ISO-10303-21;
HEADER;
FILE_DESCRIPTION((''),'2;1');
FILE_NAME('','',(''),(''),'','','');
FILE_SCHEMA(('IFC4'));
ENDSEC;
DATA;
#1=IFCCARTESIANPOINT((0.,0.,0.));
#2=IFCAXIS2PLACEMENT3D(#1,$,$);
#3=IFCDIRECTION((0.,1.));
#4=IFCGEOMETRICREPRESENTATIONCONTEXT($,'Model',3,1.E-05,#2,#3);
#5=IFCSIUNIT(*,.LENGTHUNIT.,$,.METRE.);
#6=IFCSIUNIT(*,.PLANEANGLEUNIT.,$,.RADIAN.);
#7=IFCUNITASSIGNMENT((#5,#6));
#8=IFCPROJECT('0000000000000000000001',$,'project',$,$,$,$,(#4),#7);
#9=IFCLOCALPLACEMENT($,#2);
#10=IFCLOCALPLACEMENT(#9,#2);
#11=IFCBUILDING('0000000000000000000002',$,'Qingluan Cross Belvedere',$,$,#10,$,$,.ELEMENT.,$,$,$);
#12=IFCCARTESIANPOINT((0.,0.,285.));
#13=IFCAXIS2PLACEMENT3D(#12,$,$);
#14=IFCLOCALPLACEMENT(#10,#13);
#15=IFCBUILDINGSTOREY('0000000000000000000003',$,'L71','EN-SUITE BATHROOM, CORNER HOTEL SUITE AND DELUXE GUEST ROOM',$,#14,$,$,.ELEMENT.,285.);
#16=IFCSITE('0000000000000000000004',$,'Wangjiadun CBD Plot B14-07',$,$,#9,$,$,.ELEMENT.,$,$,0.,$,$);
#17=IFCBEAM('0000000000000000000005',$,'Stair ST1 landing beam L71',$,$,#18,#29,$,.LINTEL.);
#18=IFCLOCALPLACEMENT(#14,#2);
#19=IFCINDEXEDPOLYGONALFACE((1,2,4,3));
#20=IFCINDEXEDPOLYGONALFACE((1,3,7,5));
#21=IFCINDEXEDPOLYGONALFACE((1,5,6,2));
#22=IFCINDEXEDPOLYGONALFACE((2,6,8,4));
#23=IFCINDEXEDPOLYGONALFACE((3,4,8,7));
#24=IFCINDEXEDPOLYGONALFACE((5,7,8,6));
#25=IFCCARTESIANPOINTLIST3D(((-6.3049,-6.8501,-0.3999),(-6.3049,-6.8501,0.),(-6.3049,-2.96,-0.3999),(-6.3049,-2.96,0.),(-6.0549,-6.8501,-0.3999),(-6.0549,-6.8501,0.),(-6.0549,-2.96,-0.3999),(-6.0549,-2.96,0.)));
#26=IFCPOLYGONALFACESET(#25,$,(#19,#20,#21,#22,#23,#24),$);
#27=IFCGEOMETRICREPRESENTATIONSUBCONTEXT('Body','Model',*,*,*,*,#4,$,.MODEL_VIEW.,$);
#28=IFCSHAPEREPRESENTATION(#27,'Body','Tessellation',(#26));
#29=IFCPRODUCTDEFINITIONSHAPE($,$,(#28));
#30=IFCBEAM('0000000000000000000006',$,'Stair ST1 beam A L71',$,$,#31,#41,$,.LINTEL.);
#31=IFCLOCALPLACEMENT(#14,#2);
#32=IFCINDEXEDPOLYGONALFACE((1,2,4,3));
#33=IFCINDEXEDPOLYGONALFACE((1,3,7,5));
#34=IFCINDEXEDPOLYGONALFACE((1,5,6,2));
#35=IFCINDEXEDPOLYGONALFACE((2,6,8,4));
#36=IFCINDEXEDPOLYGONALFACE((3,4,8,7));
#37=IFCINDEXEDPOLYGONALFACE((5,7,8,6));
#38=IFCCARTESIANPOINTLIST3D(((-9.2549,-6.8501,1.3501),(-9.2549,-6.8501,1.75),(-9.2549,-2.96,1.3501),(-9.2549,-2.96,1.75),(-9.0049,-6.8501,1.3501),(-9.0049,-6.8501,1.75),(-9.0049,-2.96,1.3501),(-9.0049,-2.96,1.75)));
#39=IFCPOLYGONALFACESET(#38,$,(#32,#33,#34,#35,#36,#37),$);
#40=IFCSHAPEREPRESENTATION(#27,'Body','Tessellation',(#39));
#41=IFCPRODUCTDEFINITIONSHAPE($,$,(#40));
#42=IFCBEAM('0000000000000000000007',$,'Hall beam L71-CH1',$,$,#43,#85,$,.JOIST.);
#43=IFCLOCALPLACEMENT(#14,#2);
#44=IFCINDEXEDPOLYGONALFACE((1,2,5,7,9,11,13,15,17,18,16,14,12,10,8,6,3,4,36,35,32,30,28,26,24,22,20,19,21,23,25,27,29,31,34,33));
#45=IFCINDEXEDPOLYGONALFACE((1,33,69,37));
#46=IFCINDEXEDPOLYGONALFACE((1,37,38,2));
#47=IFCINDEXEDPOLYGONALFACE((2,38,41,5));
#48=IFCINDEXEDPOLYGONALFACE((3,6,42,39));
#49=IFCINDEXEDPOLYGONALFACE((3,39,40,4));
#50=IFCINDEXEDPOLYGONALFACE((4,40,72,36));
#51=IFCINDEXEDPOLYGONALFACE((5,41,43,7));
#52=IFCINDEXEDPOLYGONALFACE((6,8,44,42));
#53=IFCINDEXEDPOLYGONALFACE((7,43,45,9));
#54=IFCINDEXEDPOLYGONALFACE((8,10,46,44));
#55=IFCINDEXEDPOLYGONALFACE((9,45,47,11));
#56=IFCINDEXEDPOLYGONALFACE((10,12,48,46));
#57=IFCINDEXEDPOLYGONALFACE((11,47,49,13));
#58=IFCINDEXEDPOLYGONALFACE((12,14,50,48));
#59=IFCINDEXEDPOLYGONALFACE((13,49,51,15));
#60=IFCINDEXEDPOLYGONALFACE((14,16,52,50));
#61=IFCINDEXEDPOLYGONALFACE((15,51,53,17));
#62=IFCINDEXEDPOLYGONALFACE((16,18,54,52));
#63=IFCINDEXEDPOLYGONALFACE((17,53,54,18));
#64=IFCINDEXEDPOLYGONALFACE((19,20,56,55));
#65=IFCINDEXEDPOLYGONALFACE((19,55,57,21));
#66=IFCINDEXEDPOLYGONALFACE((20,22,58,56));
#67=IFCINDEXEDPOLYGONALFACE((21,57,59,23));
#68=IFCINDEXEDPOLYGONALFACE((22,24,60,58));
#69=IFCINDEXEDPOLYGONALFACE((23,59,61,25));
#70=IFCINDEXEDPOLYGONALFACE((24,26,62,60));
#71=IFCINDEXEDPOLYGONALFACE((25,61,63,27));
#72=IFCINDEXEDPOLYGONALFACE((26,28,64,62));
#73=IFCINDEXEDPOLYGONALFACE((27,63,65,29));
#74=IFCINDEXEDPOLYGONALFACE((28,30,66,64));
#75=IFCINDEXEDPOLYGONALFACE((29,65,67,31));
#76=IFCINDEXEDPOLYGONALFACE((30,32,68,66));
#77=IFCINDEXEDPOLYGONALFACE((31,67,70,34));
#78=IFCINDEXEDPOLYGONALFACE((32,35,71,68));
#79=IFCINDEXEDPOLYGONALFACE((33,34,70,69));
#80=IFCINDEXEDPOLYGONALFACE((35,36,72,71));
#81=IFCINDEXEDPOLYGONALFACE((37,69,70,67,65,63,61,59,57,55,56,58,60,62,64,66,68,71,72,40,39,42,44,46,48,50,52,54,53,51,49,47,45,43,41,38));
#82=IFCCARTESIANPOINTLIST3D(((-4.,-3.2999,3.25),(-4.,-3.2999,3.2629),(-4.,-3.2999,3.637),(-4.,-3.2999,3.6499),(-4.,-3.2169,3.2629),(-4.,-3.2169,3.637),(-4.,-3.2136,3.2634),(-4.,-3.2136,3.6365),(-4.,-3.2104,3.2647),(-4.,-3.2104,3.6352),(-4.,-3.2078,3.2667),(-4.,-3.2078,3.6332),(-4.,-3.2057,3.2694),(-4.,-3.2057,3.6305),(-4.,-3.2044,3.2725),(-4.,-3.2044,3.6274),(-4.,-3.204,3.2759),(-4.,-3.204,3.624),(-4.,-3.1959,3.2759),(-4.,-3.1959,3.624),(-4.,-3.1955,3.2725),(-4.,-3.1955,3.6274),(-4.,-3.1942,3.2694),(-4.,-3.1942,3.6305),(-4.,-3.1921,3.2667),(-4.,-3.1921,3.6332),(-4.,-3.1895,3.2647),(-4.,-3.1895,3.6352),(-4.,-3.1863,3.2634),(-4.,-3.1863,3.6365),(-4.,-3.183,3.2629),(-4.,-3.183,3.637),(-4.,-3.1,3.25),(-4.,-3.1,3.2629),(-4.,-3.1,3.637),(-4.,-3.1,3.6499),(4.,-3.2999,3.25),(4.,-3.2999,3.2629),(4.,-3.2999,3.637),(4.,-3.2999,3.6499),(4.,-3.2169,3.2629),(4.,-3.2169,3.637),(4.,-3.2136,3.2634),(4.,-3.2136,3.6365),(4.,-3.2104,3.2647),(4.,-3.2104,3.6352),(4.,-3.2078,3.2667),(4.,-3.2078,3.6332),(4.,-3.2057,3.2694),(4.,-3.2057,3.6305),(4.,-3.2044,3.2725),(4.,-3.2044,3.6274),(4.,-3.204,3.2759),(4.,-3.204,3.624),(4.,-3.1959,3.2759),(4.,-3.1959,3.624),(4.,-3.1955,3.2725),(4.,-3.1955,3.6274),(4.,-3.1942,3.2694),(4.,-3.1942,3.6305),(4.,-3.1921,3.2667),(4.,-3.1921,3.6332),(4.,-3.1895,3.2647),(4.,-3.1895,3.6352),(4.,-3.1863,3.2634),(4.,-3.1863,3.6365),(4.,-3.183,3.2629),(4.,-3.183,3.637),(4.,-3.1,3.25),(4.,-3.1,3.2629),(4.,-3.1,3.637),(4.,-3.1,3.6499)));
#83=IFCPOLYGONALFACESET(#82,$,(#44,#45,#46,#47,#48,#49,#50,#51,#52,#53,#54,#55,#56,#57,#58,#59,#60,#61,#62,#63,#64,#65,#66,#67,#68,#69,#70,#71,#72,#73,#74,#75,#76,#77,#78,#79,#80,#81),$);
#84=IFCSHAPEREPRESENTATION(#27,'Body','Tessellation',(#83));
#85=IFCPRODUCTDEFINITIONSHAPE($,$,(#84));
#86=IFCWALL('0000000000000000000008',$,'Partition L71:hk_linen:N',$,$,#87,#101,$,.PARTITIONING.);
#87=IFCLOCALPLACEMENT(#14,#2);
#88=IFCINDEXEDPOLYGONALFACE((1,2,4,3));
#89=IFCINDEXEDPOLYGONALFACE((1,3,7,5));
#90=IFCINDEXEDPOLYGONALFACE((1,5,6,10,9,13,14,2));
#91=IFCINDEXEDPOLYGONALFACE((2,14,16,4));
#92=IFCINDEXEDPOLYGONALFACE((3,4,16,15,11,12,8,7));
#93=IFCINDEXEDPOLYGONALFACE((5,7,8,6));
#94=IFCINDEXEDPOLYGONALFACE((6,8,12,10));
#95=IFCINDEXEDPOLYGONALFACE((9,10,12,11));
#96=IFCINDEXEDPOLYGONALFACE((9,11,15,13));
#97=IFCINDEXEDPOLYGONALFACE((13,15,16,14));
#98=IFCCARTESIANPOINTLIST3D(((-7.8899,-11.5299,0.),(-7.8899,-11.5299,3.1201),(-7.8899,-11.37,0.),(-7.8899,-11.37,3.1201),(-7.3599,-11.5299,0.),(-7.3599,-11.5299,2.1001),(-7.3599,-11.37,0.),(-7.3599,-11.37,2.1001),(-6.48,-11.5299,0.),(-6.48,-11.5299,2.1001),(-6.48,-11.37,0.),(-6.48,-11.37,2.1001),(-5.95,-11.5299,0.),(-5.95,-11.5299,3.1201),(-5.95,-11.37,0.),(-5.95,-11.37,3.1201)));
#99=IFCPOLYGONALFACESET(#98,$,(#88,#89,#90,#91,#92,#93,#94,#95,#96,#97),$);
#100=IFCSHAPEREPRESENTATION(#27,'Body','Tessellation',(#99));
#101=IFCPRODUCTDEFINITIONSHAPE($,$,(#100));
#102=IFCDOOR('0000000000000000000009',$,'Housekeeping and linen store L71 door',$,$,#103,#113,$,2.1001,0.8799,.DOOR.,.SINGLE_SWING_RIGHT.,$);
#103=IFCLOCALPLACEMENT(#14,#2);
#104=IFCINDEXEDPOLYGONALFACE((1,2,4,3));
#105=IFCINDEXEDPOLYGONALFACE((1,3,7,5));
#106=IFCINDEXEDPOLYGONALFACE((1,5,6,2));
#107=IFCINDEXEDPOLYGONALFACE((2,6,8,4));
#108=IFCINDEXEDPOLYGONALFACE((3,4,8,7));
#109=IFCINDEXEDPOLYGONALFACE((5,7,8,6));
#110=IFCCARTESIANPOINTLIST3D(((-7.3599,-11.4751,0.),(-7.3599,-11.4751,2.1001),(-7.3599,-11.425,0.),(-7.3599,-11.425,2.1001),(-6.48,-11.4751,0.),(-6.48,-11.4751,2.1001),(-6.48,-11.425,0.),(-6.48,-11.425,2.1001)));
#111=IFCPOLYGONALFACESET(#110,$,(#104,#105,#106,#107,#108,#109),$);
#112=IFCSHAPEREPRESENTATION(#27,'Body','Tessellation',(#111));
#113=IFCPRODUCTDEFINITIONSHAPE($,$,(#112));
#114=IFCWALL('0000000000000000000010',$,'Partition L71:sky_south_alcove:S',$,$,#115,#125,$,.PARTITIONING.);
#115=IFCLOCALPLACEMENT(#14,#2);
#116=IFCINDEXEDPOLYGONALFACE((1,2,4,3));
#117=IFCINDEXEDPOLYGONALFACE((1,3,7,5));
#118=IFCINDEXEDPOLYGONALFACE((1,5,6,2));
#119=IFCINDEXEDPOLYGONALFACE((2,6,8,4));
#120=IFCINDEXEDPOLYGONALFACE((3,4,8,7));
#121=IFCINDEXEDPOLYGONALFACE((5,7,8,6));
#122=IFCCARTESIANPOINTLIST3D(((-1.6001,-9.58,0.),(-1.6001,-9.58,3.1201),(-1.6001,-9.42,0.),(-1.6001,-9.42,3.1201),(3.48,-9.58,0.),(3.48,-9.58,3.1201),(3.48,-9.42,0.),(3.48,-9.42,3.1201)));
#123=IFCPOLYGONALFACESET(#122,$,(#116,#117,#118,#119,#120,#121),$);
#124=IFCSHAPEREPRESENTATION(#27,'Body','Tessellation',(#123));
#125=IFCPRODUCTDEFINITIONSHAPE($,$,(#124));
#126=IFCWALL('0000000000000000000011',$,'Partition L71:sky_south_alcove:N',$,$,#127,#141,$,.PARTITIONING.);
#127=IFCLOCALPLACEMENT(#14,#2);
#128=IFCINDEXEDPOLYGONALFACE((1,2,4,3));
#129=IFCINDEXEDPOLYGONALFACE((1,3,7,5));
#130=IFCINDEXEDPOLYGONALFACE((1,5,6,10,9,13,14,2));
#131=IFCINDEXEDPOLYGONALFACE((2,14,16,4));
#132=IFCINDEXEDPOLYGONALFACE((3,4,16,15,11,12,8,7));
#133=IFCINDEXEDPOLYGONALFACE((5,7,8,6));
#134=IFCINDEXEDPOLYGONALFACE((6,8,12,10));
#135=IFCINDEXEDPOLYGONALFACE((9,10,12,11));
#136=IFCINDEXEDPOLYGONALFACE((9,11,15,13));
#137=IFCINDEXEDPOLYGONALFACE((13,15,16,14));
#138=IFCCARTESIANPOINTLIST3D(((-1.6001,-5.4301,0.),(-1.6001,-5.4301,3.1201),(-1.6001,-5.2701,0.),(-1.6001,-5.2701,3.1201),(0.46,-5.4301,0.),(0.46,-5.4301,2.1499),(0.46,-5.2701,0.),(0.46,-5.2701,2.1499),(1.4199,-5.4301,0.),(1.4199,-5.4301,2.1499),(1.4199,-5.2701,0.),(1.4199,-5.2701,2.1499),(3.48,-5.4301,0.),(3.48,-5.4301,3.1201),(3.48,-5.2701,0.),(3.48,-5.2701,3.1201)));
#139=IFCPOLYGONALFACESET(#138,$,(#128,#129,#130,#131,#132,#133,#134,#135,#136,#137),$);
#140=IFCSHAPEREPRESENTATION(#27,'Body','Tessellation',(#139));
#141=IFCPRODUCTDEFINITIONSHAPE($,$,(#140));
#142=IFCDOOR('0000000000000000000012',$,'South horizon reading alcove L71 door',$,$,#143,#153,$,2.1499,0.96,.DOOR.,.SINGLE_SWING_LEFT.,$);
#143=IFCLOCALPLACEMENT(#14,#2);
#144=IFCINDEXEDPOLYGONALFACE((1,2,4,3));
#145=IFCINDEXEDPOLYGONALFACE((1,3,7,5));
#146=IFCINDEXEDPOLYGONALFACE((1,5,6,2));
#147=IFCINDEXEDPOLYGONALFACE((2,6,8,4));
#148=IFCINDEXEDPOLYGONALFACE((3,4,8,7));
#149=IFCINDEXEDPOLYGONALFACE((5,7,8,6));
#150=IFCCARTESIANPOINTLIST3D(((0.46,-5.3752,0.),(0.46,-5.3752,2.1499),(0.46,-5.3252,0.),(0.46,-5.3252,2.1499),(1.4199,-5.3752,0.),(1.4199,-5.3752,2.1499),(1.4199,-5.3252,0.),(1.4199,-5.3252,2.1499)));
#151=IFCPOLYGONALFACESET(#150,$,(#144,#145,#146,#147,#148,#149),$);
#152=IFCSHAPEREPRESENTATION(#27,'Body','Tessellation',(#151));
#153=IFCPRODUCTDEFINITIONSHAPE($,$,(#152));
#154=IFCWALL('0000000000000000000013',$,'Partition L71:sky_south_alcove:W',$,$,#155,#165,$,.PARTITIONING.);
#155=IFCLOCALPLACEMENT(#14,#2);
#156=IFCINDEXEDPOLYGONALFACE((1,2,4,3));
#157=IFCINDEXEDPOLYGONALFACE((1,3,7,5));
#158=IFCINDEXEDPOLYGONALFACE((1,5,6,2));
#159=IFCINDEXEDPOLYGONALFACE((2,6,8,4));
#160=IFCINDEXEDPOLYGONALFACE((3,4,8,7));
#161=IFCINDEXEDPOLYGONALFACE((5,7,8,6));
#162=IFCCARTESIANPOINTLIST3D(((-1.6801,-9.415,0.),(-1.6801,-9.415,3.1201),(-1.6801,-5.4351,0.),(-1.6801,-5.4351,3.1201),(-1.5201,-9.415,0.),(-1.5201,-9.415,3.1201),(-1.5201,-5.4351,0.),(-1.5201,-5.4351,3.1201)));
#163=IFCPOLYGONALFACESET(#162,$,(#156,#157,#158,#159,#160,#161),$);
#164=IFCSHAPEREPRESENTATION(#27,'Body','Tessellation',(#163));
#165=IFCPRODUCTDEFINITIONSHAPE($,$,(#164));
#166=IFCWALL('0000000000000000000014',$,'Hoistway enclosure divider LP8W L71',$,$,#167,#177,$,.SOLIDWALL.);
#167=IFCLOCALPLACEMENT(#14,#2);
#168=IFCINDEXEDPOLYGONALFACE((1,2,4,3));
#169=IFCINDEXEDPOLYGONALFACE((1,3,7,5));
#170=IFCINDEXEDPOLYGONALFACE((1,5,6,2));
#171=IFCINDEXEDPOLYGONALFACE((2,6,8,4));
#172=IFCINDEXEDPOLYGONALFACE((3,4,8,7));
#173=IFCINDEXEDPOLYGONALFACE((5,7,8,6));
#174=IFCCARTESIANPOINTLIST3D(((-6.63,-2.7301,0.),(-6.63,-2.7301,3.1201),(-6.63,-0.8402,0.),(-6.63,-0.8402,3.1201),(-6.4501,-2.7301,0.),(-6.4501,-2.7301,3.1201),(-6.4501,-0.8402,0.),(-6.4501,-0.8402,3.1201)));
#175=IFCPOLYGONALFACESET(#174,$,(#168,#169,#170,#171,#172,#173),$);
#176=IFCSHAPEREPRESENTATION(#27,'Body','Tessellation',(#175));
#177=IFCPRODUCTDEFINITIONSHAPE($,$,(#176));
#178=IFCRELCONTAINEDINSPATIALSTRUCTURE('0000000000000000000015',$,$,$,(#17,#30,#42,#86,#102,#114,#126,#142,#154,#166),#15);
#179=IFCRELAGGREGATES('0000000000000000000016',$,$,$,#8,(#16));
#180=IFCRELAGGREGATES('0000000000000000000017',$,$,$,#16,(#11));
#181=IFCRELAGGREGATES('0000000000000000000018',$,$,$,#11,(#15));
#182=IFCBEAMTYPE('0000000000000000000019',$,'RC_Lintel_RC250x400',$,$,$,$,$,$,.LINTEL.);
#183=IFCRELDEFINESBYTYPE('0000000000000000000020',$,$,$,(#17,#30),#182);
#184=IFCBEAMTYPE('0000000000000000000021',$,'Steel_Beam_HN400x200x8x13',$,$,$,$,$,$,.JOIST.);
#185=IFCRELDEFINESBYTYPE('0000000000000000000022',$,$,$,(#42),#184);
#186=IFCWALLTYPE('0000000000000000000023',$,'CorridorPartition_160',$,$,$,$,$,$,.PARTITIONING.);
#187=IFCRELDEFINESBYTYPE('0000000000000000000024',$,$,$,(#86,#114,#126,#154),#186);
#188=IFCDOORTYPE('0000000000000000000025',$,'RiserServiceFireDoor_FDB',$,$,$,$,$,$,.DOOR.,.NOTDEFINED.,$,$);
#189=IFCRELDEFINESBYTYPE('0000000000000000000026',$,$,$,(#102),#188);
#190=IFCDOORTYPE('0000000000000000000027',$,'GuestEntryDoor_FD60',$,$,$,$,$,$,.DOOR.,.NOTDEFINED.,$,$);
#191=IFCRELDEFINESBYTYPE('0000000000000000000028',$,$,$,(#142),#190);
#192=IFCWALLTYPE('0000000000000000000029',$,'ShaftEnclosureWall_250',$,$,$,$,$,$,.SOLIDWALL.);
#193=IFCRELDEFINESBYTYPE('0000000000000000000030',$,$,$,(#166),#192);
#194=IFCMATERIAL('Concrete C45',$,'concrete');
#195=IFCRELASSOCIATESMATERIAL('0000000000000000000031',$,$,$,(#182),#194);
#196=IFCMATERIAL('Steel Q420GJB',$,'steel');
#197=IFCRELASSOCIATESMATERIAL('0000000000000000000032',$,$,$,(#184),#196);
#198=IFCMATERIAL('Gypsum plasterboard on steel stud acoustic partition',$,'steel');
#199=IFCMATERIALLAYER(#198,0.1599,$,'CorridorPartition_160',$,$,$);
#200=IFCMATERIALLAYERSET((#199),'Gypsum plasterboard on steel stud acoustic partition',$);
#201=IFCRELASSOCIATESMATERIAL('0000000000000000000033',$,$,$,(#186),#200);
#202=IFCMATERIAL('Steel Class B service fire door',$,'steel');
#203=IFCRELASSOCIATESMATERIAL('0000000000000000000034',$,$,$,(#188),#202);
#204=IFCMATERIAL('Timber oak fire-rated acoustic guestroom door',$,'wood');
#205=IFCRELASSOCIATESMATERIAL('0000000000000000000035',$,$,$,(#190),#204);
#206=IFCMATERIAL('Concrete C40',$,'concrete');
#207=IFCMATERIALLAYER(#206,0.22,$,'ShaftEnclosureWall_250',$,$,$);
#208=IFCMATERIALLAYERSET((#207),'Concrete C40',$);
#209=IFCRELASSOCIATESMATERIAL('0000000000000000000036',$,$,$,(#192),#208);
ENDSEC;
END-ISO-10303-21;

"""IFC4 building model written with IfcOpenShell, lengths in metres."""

from ifc_helpers import new_model, si_unit, direction, frame, frame_2d, origin, origin_2d, place, context, subcontext, project, spatial, rectangle, i_section, extrude, material, layer, layer_set, material_profile, profile_set, type_object, element, fill, save


model = new_model("IFC4")

# Units and contexts
model_context = context("Model", 3, precision=1e-05, world=origin(), true_north=direction((0.0, 1.0)))
body_context = subcontext(model_context, "Body", "Model", "MODEL_VIEW")
ifc_project = project(units=[si_unit("LENGTHUNIT", "METRE"), si_unit("PLANEANGLEUNIT", "RADIAN")], contexts=[model_context])

# Site, building, storey
site_placement = place(None, origin())
site = spatial("IfcSite", under=ifc_project, at=site_placement, Name="Wangjiadun CBD Plot B14-07", CompositionType="ELEMENT", RefElevation=0.0)
building_placement = place(site_placement, origin())
building = spatial("IfcBuilding", under=site, at=building_placement, Name="Qingluan Cross Belvedere", CompositionType="ELEMENT")
storey_placement = place(building_placement, frame((0.0, 0.0, 285.0)))
storey = spatial("IfcBuildingStorey", under=building, at=storey_placement, Name="L71", Description="EN-SUITE BATHROOM, CORNER HOTEL SUITE AND DELUXE GUEST ROOM", CompositionType="ELEMENT", Elevation=285.0)

# Beams
ifc_material_1 = material(Name="Concrete C45", Category="concrete")
ifc_material_profile_1 = material_profile(ifc_material_1, rectangle(XDim=0.25, YDim=0.3999, at=origin_2d()), Name="RC250x400")
ifc_profile_set_1 = profile_set([ifc_material_profile_1], Name="Concrete C45")
beam_type_1 = type_object("IfcBeamType", Name="RC_Lintel_RC250x400", PredefinedType="LINTEL", material=ifc_profile_set_1)
for number, where, z_axis, x_axis, name in (
    (1, (-6.1799, -6.8501, -0.2), (0.0, 1.0, 0.0), (-1.0, 0.0, 0.0), "Stair ST1 landing beam L71"),
    (2, (-9.1299, -6.8501, 1.55), (0.0, 1.0, 0.0), (-1.0, 0.0, 0.0), "Stair ST1 beam A L71"),
):
    element("IfcBeam", number, at=place(storey_placement, frame(where, z_axis=z_axis, x_axis=x_axis)), inside=storey, type_object=beam_type_1, Name=name, PredefinedType="LINTEL", context=body_context, shape_type="SweptSolid", body=[
        extrude(rectangle(XDim=0.25, YDim=0.3999, at=origin_2d()), origin(), (0.0, 0.0, 1.0), 3.8901),
    ])
ifc_material_2 = material(Name="Steel Q420GJB", Category="steel")
ifc_material_profile_2 = material_profile(ifc_material_2, i_section(OverallWidth=0.2, OverallDepth=0.3999, WebThickness=0.0081, FlangeThickness=0.0129, FilletRadius=0.0129, at=origin_2d()), Name="HN400x200x8x13")
ifc_profile_set_2 = profile_set([ifc_material_profile_2], Name="Steel Q420GJB")
beam_type_2 = type_object("IfcBeamType", Name="Steel_Beam_HN400x200x8x13", PredefinedType="JOIST", material=ifc_profile_set_2)
beam_placement = place(storey_placement, frame((-4.0, -3.2, 3.45), z_axis=(1.0, 0.0, 0.0), x_axis=(0.0, 1.0, 0.0)))
element("IfcBeam", 3, at=beam_placement, inside=storey, type_object=beam_type_2, Name="Hall beam L71-CH1", PredefinedType="JOIST", context=body_context, shape_type="SweptSolid", body=[
    extrude(i_section(OverallWidth=0.2, OverallDepth=0.3999, WebThickness=0.0081, FlangeThickness=0.0129, FilletRadius=0.0129, at=origin_2d()), origin(), (0.0, 0.0, 1.0), 8.0),
])

# Wall, opening, door
ifc_material_3 = material(Name="Gypsum plasterboard on steel stud acoustic partition", Category="steel")
ifc_layer_1 = layer(ifc_material_3, 0.1599, Name="CorridorPartition_160")
ifc_layer_set_1 = layer_set([ifc_layer_1], Name="Gypsum plasterboard on steel stud acoustic partition")
wall_type_1 = type_object("IfcWallType", Name="CorridorPartition_160", PredefinedType="PARTITIONING", material=ifc_layer_set_1)
wall_1_placement = place(storey_placement, frame((-7.8899, -11.45, 0.0), z_axis=(0.0, 0.0, 1.0), x_axis=(1.0, 0.0, 0.0)))
wall_1 = element("IfcWall", 4, at=wall_1_placement, inside=storey, type_object=wall_type_1, Name="Partition L71:hk_linen:N", PredefinedType="PARTITIONING", context=body_context, shape_type="SweptSolid", body=[
    extrude(rectangle(XDim=1.9399, YDim=0.1599, at=frame_2d((0.97, 0.0))), origin(), (0.0, 0.0, 1.0), 3.1201),
])
opening_1_placement = place(wall_1_placement, frame((0.53, 0.0, 0.0)))
opening_1 = element("IfcOpeningElement", 5, at=opening_1_placement, cuts=wall_1, PredefinedType="OPENING", context=body_context, shape_type="SweptSolid", body=[
    extrude(rectangle(XDim=0.8799, YDim=2.1001, at=frame_2d((0.4399, 1.05))), frame((0.0, 0.0898, 0.0), z_axis=(0.0, -1.0, 0.0), x_axis=(1.0, 0.0, 0.0)), (0.0, 0.0, 1.0), 0.1799),
])
ifc_material_4 = material(Name="Steel Class B service fire door", Category="steel")
door_type_1 = type_object("IfcDoorType", Name="RiserServiceFireDoor_FDB", OperationType="NOTDEFINED", PredefinedType="DOOR", material=ifc_material_4)
door_1_placement = place(opening_1_placement, origin())
door_1 = element("IfcDoor", 6, at=door_1_placement, inside=storey, type_object=door_type_1, Name="Housekeeping and linen store L71 door", OperationType="SINGLE_SWING_RIGHT", OverallHeight=2.1001, OverallWidth=0.8799, PredefinedType="DOOR", context=body_context, shape_type="SweptSolid", body=[
    extrude(rectangle(XDim=0.8799, YDim=2.1001, at=frame_2d((0.4399, 1.05))), frame((0.0, 0.0249, 0.0), z_axis=(0.0, -1.0, 0.0), x_axis=(1.0, 0.0, 0.0)), (0.0, 0.0, 1.0), 0.05),
])
fill(opening_1, door_1)

# Wall
wall_2_placement = place(storey_placement, frame((-1.6001, -9.5, 0.0), z_axis=(0.0, 0.0, 1.0), x_axis=(1.0, 0.0, 0.0)))
element("IfcWall", 7, at=wall_2_placement, inside=storey, type_object=wall_type_1, Name="Partition L71:sky_south_alcove:S", PredefinedType="PARTITIONING", context=body_context, shape_type="SweptSolid", body=[
    extrude(rectangle(XDim=5.0801, YDim=0.1599, at=frame_2d((2.54, 0.0))), origin(), (0.0, 0.0, 1.0), 3.1201),
])

# Wall, opening, door
wall_3_placement = place(storey_placement, frame((-1.6001, -5.3501, 0.0), z_axis=(0.0, 0.0, 1.0), x_axis=(1.0, 0.0, 0.0)))
wall_3 = element("IfcWall", 8, at=wall_3_placement, inside=storey, type_object=wall_type_1, Name="Partition L71:sky_south_alcove:N", PredefinedType="PARTITIONING", context=body_context, shape_type="SweptSolid", body=[
    extrude(rectangle(XDim=5.0801, YDim=0.1599, at=frame_2d((2.54, 0.0))), origin(), (0.0, 0.0, 1.0), 3.1201),
])
opening_2_placement = place(wall_3_placement, frame((2.0601, 0.0, 0.0)))
opening_2 = element("IfcOpeningElement", 9, at=opening_2_placement, cuts=wall_3, PredefinedType="OPENING", context=body_context, shape_type="SweptSolid", body=[
    extrude(rectangle(XDim=0.96, YDim=2.1499, at=frame_2d((0.48, 1.075))), frame((0.0, 0.0898, 0.0), z_axis=(0.0, -1.0, 0.0), x_axis=(1.0, 0.0, 0.0)), (0.0, 0.0, 1.0), 0.1799),
])
ifc_material_5 = material(Name="Timber oak fire-rated acoustic guestroom door", Category="wood")
door_type_2 = type_object("IfcDoorType", Name="GuestEntryDoor_FD60", OperationType="NOTDEFINED", PredefinedType="DOOR", material=ifc_material_5)
door_2_placement = place(opening_2_placement, origin())
door_2 = element("IfcDoor", 10, at=door_2_placement, inside=storey, type_object=door_type_2, Name="South horizon reading alcove L71 door", OperationType="SINGLE_SWING_LEFT", OverallHeight=2.1499, OverallWidth=0.96, PredefinedType="DOOR", context=body_context, shape_type="SweptSolid", body=[
    extrude(rectangle(XDim=0.96, YDim=2.1499, at=frame_2d((0.48, 1.075))), frame((0.0, 0.0249, 0.0), z_axis=(0.0, -1.0, 0.0), x_axis=(1.0, 0.0, 0.0)), (0.0, 0.0, 1.0), 0.05),
])
fill(opening_2, door_2)

# Wall
wall_4_placement = place(storey_placement, frame((-1.6001, -9.415, 0.0), z_axis=(0.0, 0.0, 1.0), x_axis=(0.0, 1.0, 0.0)))
element("IfcWall", 11, at=wall_4_placement, inside=storey, type_object=wall_type_1, Name="Partition L71:sky_south_alcove:W", PredefinedType="PARTITIONING", context=body_context, shape_type="SweptSolid", body=[
    extrude(rectangle(XDim=3.98, YDim=0.1599, at=frame_2d((1.99, 0.0))), origin(), (0.0, 0.0, 1.0), 3.1201),
])

# Wall
ifc_material_6 = material(Name="Concrete C40", Category="concrete")
ifc_layer_2 = layer(ifc_material_6, 0.22, Name="ShaftEnclosureWall_250")
ifc_layer_set_2 = layer_set([ifc_layer_2], Name="Concrete C40")
wall_type_2 = type_object("IfcWallType", Name="ShaftEnclosureWall_250", PredefinedType="SOLIDWALL", material=ifc_layer_set_2)
wall_5_placement = place(storey_placement, frame((-6.54, -2.73, 0.0), z_axis=(0.0, 0.0, 1.0), x_axis=(0.0, 1.0, 0.0)))
element("IfcWall", 12, at=wall_5_placement, inside=storey, type_object=wall_type_2, Name="Hoistway enclosure divider LP8W L71", PredefinedType="SOLIDWALL", context=body_context, shape_type="SweptSolid", body=[
    extrude(rectangle(XDim=1.8899, YDim=0.1799, at=frame_2d((0.9448, 0.0))), origin(), (0.0, 0.0, 1.0), 3.1201),
])

save(model, "model.ifc")
